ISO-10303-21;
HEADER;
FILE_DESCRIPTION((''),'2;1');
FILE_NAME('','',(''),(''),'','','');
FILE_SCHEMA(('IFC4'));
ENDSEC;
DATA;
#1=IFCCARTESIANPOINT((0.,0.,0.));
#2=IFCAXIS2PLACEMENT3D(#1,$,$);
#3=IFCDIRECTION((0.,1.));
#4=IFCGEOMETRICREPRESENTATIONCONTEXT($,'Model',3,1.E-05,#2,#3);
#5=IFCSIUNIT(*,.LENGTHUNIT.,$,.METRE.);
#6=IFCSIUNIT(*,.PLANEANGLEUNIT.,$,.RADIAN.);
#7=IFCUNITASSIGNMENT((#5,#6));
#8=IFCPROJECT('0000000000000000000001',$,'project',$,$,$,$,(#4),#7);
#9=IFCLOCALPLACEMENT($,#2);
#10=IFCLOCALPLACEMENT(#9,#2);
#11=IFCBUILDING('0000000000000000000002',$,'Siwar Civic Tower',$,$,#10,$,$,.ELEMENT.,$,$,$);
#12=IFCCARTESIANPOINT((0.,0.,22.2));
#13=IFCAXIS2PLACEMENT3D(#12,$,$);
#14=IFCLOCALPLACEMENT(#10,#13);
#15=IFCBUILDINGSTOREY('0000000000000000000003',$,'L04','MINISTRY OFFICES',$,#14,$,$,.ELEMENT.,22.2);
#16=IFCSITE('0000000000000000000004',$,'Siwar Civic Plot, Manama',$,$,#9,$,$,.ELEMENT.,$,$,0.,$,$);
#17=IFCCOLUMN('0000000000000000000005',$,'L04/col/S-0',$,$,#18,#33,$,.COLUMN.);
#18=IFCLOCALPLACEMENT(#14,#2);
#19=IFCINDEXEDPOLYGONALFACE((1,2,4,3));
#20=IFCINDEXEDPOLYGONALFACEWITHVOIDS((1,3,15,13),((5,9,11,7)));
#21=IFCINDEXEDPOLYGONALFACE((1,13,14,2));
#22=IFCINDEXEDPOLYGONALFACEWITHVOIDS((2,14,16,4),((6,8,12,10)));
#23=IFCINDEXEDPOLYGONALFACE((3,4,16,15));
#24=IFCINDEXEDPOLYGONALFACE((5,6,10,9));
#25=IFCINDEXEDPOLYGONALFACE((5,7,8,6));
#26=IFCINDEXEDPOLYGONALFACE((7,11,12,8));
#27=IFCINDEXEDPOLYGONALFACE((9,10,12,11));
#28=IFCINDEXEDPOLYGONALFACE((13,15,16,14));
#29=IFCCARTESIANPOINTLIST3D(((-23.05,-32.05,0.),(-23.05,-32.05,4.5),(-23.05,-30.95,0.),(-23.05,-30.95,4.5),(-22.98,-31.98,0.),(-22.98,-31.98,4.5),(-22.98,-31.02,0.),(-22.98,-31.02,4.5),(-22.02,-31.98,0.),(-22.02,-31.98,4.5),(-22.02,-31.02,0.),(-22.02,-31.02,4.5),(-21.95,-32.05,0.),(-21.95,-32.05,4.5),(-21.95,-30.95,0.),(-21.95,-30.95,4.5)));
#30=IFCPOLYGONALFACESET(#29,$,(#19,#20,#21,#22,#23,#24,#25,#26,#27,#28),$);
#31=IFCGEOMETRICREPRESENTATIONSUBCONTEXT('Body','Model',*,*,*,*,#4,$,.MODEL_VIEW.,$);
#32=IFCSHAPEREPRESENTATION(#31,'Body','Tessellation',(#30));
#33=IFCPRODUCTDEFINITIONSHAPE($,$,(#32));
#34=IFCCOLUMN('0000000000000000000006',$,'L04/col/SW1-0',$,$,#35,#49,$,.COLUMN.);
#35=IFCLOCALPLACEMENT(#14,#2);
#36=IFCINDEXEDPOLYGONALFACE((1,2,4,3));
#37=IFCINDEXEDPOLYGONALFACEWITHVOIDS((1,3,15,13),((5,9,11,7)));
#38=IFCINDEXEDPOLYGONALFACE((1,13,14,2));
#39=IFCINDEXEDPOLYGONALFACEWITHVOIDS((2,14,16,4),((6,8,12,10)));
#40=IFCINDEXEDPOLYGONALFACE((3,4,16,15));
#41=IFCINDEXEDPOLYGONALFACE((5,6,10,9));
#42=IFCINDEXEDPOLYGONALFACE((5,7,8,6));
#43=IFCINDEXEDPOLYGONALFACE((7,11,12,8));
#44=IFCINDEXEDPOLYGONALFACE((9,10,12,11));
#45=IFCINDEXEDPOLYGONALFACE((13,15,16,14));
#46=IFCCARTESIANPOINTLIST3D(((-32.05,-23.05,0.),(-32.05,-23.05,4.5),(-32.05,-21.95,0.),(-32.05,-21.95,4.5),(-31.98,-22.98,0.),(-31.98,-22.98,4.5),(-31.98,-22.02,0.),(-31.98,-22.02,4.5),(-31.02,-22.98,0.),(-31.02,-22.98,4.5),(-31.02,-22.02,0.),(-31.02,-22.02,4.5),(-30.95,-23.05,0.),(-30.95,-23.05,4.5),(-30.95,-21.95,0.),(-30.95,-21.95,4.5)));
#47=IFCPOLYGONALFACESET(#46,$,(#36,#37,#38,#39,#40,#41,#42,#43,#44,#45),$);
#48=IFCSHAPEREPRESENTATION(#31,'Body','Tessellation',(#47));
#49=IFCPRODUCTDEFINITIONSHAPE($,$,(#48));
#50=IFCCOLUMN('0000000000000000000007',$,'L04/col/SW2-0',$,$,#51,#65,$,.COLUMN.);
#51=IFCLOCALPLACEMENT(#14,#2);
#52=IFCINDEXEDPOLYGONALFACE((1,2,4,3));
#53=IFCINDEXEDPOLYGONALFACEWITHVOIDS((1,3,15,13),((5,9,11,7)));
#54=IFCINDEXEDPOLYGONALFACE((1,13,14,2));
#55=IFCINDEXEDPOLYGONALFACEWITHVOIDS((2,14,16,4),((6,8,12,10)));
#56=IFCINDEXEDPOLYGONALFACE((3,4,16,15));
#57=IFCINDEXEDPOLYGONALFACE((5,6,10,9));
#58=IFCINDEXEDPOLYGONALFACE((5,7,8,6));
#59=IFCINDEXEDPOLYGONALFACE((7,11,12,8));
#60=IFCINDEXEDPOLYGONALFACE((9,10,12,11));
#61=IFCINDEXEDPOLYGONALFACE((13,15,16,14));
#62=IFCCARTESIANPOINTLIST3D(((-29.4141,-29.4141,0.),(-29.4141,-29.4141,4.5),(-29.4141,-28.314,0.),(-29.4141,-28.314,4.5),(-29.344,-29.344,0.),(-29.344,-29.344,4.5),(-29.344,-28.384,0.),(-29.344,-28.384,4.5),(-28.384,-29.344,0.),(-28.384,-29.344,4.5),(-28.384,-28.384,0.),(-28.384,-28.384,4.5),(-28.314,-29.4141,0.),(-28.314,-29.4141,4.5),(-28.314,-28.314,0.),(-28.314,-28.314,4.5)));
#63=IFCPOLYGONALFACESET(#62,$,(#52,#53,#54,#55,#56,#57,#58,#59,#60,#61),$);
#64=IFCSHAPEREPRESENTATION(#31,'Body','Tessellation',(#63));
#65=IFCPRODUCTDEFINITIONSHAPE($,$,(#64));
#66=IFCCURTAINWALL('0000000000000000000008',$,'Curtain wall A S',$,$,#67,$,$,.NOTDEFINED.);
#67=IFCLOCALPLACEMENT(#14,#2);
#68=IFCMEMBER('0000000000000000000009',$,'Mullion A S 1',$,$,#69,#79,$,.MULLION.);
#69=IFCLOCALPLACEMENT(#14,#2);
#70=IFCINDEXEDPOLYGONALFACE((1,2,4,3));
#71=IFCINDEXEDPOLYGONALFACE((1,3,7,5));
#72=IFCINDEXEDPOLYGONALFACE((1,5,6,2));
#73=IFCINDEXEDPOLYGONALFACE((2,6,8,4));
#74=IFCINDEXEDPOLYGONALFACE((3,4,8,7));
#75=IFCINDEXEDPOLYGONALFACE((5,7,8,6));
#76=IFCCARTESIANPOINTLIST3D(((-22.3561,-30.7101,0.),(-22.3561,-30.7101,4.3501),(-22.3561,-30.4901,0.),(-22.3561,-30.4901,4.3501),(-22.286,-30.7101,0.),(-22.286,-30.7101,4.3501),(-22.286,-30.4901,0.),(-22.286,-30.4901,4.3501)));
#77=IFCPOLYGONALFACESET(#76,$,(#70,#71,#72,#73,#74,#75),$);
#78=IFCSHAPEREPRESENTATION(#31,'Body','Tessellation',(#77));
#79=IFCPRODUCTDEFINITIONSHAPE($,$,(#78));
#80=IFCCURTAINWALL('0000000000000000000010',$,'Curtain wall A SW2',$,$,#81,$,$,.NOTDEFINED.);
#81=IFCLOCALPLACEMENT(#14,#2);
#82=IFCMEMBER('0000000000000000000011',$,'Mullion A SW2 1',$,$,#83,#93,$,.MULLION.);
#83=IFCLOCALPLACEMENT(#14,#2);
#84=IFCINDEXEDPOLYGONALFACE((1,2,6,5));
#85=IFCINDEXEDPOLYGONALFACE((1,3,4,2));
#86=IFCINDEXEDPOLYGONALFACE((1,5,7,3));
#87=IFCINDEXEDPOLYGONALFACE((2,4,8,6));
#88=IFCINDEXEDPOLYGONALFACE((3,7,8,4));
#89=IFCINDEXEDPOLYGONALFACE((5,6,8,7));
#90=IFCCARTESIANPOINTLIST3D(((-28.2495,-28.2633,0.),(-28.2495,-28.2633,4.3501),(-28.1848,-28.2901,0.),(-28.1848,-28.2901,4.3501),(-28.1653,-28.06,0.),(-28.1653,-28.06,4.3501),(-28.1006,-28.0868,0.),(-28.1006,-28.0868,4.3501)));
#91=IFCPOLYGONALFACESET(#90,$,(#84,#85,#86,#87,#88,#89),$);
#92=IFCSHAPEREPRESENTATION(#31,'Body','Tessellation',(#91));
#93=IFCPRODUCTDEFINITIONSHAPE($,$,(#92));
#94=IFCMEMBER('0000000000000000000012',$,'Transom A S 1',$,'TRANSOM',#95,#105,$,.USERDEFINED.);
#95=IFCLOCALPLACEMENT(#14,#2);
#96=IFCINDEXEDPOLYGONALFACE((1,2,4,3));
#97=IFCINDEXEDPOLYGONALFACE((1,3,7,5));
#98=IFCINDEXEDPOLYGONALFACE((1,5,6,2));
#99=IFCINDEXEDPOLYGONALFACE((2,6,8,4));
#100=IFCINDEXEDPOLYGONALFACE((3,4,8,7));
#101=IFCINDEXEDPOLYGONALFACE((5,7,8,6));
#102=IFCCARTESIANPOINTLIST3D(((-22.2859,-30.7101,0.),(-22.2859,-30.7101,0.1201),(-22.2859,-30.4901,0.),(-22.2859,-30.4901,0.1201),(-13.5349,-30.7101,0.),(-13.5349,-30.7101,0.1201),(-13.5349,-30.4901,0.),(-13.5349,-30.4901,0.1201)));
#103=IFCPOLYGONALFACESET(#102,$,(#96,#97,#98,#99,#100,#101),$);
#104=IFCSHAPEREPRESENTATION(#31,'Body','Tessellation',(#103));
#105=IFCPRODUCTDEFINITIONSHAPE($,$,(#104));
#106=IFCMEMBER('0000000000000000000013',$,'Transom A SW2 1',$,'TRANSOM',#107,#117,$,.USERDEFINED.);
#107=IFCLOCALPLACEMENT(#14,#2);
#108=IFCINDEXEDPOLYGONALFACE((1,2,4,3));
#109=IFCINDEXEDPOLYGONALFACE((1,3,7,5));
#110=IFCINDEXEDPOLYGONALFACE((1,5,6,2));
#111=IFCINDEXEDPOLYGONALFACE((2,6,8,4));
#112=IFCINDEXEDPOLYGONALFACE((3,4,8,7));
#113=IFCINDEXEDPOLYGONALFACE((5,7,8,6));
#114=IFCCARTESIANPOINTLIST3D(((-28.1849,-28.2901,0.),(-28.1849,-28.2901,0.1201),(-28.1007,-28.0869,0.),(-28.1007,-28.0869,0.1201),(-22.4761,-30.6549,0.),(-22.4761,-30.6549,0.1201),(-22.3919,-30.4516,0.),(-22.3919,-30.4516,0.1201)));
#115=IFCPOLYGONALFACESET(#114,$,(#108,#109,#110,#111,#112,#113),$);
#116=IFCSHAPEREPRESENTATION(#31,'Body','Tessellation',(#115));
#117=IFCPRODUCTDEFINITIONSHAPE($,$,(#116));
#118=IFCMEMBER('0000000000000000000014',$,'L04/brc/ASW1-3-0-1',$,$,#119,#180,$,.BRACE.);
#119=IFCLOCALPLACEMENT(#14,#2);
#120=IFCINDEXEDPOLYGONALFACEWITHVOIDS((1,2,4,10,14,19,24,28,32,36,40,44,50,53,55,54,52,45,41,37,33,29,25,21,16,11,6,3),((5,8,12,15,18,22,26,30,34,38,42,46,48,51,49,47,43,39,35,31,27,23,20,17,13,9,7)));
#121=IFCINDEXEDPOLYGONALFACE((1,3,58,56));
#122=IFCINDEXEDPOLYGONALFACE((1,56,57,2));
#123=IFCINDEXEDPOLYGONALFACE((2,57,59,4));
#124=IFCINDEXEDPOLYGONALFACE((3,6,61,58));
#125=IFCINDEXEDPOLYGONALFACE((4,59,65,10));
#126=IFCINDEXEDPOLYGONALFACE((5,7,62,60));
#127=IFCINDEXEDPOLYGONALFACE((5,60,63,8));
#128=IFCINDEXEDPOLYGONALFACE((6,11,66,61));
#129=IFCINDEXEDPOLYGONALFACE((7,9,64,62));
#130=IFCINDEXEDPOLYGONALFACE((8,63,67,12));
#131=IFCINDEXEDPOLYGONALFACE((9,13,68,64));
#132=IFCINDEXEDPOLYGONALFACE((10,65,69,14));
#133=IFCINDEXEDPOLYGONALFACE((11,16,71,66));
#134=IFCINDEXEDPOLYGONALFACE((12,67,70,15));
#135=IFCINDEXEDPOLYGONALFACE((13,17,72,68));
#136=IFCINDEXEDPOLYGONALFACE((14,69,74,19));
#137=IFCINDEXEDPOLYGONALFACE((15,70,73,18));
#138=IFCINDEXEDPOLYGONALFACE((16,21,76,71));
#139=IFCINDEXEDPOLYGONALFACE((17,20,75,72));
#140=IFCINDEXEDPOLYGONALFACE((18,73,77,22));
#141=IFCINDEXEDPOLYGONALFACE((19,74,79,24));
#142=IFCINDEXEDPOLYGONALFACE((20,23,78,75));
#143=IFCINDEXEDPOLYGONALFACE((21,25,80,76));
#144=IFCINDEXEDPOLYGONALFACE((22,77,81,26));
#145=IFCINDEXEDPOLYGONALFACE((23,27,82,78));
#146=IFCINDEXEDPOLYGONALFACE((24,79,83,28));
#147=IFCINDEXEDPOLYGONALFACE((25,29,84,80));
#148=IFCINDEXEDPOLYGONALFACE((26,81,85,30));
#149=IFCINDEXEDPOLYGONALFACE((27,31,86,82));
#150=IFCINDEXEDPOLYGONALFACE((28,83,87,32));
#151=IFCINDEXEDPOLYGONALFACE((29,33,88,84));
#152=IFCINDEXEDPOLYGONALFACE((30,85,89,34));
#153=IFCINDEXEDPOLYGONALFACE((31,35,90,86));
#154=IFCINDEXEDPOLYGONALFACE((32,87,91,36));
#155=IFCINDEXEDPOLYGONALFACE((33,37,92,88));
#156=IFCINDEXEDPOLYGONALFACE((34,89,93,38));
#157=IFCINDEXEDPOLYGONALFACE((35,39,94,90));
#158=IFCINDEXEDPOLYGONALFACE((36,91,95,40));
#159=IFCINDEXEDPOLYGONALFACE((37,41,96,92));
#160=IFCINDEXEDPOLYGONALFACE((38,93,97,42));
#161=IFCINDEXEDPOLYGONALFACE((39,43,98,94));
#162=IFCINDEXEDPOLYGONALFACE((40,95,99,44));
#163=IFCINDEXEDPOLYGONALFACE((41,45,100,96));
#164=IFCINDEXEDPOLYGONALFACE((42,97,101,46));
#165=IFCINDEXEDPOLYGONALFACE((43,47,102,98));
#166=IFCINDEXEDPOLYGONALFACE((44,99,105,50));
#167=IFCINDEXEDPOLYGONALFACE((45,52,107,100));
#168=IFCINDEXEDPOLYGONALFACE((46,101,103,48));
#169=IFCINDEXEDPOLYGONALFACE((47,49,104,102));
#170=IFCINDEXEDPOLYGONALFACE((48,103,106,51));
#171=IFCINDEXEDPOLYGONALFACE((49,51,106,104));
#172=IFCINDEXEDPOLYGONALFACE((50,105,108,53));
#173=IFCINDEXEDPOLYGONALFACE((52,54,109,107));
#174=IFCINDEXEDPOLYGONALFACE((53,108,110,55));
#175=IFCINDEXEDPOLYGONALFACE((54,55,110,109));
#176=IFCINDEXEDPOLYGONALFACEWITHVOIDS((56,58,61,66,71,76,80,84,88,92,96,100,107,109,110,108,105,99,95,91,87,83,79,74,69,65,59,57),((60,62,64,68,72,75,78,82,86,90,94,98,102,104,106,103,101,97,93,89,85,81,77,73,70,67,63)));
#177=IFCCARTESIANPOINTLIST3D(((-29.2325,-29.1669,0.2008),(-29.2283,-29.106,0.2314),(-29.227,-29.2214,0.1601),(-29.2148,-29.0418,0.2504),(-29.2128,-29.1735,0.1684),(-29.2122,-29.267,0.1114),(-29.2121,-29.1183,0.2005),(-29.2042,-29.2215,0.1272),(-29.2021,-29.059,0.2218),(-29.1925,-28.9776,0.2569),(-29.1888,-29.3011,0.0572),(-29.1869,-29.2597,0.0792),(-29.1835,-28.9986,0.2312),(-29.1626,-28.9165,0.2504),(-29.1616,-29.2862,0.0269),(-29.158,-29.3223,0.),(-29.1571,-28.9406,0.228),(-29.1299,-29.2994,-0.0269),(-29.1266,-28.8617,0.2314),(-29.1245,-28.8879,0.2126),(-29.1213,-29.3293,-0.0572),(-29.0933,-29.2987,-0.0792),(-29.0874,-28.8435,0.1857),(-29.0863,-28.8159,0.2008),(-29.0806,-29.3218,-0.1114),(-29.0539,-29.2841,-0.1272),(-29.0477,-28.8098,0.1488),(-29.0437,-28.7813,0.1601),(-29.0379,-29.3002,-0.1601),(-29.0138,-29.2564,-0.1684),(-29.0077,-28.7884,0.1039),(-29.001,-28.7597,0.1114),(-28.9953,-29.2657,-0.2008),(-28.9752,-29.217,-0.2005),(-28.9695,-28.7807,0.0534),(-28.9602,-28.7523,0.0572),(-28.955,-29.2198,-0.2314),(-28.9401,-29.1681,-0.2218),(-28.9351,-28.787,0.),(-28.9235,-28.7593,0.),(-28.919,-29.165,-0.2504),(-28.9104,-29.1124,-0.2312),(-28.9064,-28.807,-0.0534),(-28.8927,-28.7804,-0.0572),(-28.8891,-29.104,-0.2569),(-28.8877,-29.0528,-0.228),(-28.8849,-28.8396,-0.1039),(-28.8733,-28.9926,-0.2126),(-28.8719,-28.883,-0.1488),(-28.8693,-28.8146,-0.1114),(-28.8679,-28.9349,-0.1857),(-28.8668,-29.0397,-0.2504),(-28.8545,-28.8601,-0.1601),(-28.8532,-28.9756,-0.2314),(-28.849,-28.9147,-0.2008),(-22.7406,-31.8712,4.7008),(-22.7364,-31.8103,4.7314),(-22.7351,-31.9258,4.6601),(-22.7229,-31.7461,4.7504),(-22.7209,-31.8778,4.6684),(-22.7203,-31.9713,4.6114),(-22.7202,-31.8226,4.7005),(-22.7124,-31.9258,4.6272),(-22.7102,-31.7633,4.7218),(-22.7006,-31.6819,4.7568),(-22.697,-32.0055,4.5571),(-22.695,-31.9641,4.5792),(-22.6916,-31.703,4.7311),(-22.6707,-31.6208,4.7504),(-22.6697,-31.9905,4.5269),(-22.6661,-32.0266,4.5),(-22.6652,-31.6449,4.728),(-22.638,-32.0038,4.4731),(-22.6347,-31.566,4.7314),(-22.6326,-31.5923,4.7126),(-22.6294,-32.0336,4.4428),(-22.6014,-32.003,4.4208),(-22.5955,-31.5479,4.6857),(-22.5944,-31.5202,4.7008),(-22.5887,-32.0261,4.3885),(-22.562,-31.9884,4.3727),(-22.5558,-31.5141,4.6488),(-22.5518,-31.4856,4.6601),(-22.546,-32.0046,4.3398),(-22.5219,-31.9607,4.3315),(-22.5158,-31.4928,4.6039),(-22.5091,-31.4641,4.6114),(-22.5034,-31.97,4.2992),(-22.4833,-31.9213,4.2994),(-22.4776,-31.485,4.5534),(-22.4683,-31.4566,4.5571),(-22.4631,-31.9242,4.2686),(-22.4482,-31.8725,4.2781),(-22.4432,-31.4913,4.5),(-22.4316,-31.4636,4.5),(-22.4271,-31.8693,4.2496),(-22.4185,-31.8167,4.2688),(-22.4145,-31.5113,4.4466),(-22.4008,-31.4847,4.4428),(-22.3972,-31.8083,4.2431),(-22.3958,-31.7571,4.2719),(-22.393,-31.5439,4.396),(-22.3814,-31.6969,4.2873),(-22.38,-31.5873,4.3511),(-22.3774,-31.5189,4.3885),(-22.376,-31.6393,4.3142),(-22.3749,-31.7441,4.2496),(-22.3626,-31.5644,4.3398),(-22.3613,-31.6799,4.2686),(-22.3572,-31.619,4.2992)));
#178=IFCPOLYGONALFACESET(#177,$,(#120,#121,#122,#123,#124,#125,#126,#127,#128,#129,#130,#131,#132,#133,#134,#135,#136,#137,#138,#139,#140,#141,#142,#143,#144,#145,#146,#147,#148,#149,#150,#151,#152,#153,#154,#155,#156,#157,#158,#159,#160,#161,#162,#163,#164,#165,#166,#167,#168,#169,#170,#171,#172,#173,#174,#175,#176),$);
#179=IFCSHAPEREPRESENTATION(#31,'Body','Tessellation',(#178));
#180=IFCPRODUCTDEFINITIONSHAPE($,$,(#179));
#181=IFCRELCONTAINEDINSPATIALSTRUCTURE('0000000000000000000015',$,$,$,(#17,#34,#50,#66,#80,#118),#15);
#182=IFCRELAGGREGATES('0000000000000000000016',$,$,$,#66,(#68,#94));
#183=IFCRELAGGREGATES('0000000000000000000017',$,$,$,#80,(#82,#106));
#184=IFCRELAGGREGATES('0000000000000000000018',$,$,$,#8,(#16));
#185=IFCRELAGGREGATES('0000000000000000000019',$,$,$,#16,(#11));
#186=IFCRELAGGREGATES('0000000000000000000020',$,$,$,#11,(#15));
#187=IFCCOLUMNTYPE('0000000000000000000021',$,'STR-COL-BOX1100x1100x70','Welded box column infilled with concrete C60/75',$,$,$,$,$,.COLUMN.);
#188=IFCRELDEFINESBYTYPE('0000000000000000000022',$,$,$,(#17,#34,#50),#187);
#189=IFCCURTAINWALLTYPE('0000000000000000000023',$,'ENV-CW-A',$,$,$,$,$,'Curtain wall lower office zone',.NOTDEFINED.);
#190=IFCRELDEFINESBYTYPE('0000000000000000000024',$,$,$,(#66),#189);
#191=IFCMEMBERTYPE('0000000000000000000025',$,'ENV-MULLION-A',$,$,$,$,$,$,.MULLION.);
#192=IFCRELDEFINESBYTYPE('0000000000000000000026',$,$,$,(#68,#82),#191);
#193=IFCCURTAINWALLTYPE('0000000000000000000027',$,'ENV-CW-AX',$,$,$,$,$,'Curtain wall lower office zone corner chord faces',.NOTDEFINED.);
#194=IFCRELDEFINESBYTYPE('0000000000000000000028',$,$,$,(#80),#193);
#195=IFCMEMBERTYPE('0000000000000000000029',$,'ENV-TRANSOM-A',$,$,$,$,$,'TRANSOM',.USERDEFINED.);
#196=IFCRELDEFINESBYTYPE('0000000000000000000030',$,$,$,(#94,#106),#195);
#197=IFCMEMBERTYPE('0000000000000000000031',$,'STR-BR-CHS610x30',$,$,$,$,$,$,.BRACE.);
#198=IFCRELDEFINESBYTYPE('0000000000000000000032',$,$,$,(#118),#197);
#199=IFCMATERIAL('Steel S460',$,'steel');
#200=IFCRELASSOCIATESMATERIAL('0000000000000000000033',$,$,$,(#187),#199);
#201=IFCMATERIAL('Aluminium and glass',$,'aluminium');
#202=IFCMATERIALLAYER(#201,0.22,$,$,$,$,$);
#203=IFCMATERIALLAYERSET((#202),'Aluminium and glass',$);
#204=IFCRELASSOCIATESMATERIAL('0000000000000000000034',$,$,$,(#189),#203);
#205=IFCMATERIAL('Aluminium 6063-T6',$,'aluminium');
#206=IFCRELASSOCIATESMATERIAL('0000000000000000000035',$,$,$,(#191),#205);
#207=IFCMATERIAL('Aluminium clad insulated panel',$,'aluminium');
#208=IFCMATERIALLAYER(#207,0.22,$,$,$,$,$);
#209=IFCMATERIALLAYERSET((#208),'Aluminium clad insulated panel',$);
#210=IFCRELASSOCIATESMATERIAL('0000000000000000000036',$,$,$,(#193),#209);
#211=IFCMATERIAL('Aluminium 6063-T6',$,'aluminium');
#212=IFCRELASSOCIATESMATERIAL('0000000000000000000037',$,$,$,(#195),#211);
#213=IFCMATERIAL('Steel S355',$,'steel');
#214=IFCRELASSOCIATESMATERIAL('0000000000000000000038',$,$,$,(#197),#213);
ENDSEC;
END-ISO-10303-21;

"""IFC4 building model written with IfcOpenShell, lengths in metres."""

from ifc_helpers import new_model, si_unit, direction, frame, origin, origin_2d, place, context, subcontext, project, spatial, rectangle, hollow_rectangle, hollow_circle, extrude, material, layer, layer_set, material_profile, profile_set, type_object, element, aggregate, save


model = new_model("IFC4")

# Units and contexts
model_context = context("Model", 3, precision=1e-05, world=origin(), true_north=direction((0.0, 1.0)))
body_context = subcontext(model_context, "Body", "Model", "MODEL_VIEW")
ifc_project = project(units=[si_unit("LENGTHUNIT", "METRE"), si_unit("PLANEANGLEUNIT", "RADIAN")], contexts=[model_context])

# Site, building, storey
site_placement = place(None, origin())
site = spatial("IfcSite", under=ifc_project, at=site_placement, Name="Siwar Civic Plot, Manama", CompositionType="ELEMENT", RefElevation=0.0)
building_placement = place(site_placement, origin())
building = spatial("IfcBuilding", under=site, at=building_placement, Name="Siwar Civic Tower", CompositionType="ELEMENT")
storey_placement = place(building_placement, frame((0.0, 0.0, 22.2)))
storey = spatial("IfcBuildingStorey", under=building, at=storey_placement, Name="L04", Description="MINISTRY OFFICES", CompositionType="ELEMENT", Elevation=22.2)

# Columns
ifc_material_1 = material(Name="Steel S460", Category="steel")
ifc_material_profile_1 = material_profile(ifc_material_1, hollow_rectangle(XDim=1.1001, YDim=1.1001, WallThickness=0.0701, at=origin_2d()), Name="BOX1100x1100x70")
ifc_profile_set_1 = profile_set([ifc_material_profile_1], Name="Steel S460")
column_type = type_object("IfcColumnType", Name="STR-COL-BOX1100x1100x70", Description="Welded box column infilled with concrete C60/75", PredefinedType="COLUMN", material=ifc_profile_set_1)
for number, where, z_axis, x_axis, name in (
    (1, (-22.5, -31.5, 0.0), (0.0, 0.0, 1.0), (1.0, 0.0, 0.0), "L04/col/S-0"),
    (2, (-31.5, -22.5, 0.0), (0.0, 0.0, 1.0), (1.0, 0.0, 0.0), "L04/col/SW1-0"),
    (3, (-28.864, -28.864, 0.0), (0.0, 0.0, 1.0), (1.0, 0.0, 0.0), "L04/col/SW2-0"),
):
    element("IfcColumn", number, at=place(storey_placement, frame(where, z_axis=z_axis, x_axis=x_axis)), inside=storey, type_object=column_type, Name=name, PredefinedType="COLUMN", context=body_context, shape_type="SweptSolid", body=[
        extrude(hollow_rectangle(XDim=1.1001, YDim=1.1001, WallThickness=0.0701, at=origin_2d()), origin(), (0.0, 0.0, 1.0), 4.5),
    ])

# Curtain walls, members
ifc_material_2 = material(Name="Aluminium and glass", Category="aluminium")
ifc_layer_1 = layer(ifc_material_2, 0.22)
ifc_layer_set_1 = layer_set([ifc_layer_1], Name="Aluminium and glass")
curtain_wall_type_1 = type_object("IfcCurtainWallType", Name="ENV-CW-A", ElementType="Curtain wall lower office zone", PredefinedType="NOTDEFINED", material=ifc_layer_set_1)
curtain_wall_1_placement = place(storey_placement, origin())
curtain_wall_1 = element("IfcCurtainWall", 4, at=curtain_wall_1_placement, inside=storey, type_object=curtain_wall_type_1, Name="Curtain wall A S", PredefinedType="NOTDEFINED")
ifc_material_3 = material(Name="Aluminium 6063-T6", Category="aluminium")
ifc_material_profile_2 = material_profile(ifc_material_3, rectangle(XDim=0.22, YDim=0.0701, at=origin_2d()), Name="AL 220x70")
ifc_profile_set_2 = profile_set([ifc_material_profile_2], Name="Aluminium 6063-T6")
member_type_1 = type_object("IfcMemberType", Name="ENV-MULLION-A", PredefinedType="MULLION", material=ifc_profile_set_2)
member_1_placement = place(storey_placement, frame((-22.321, -30.6001, 0.0), z_axis=(0.0, 0.0, 1.0), x_axis=(0.0, 1.0, 0.0)))
member_1 = element("IfcMember", 5, at=member_1_placement, type_object=member_type_1, Name="Mullion A S 1", PredefinedType="MULLION", context=body_context, shape_type="SweptSolid", body=[
    extrude(rectangle(XDim=0.22, YDim=0.0701, at=origin_2d()), origin(), (0.0, 0.0, 1.0), 4.3501),
])
ifc_material_4 = material(Name="Aluminium clad insulated panel", Category="aluminium")
ifc_layer_2 = layer(ifc_material_4, 0.22)
ifc_layer_set_2 = layer_set([ifc_layer_2], Name="Aluminium clad insulated panel")
curtain_wall_type_2 = type_object("IfcCurtainWallType", Name="ENV-CW-AX", ElementType="Curtain wall lower office zone corner chord faces", PredefinedType="NOTDEFINED", material=ifc_layer_set_2)
curtain_wall_2_placement = place(storey_placement, origin())
curtain_wall_2 = element("IfcCurtainWall", 6, at=curtain_wall_2_placement, inside=storey, type_object=curtain_wall_type_2, Name="Curtain wall A SW2", PredefinedType="NOTDEFINED")
member_2_placement = place(storey_placement, frame((-28.175, -28.175, 0.0), z_axis=(0.0, 0.0, 1.0), x_axis=(0.382683, 0.92388, 0.0)))
member_2 = element("IfcMember", 7, at=member_2_placement, type_object=member_type_1, Name="Mullion A SW2 1", PredefinedType="MULLION", context=body_context, shape_type="SweptSolid", body=[
    extrude(rectangle(XDim=0.22, YDim=0.0701, at=origin_2d()), origin(), (0.0, 0.0, 1.0), 4.3501),
])

# Members
ifc_material_5 = material(Name="Aluminium 6063-T6", Category="aluminium")
ifc_material_profile_3 = material_profile(ifc_material_5, rectangle(XDim=0.22, YDim=0.1201, at=origin_2d()), Name="AL 220x120")
ifc_profile_set_3 = profile_set([ifc_material_profile_3], Name="Aluminium 6063-T6")
member_type_2 = type_object("IfcMemberType", Name="ENV-TRANSOM-A", ElementType="TRANSOM", PredefinedType="USERDEFINED", material=ifc_profile_set_3)
member_3_placement = place(storey_placement, frame((-22.2859, -30.6001, 0.0601), z_axis=(1.0, 0.0, 0.0), x_axis=(0.0, 1.0, 0.0)))
member_3 = element("IfcMember", 8, at=member_3_placement, type_object=member_type_2, Name="Transom A S 1", ObjectType="TRANSOM", PredefinedType="USERDEFINED", context=body_context, shape_type="SweptSolid", body=[
    extrude(rectangle(XDim=0.22, YDim=0.1201, at=origin_2d()), origin(), (0.0, 0.0, 1.0), 8.751),
])
aggregate(curtain_wall_1, [member_1, member_3])
member_4_placement = place(storey_placement, frame((-28.1428, -28.1885, 0.0601), z_axis=(0.923873, -0.382698, 0.0), x_axis=(0.382698, 0.923873, 0.0)))
member_4 = element("IfcMember", 9, at=member_4_placement, type_object=member_type_2, Name="Transom A SW2 1", ObjectType="TRANSOM", PredefinedType="USERDEFINED", context=body_context, shape_type="SweptSolid", body=[
    extrude(rectangle(XDim=0.22, YDim=0.1201, at=origin_2d()), origin(), (0.0, 0.0, 1.0), 6.1792),
])

# Member
ifc_material_6 = material(Name="Steel S355", Category="steel")
ifc_material_profile_4 = material_profile(ifc_material_6, hollow_circle(Radius=0.3049, WallThickness=0.03, at=origin_2d()), Name="CHS610x30")
ifc_profile_set_4 = profile_set([ifc_material_profile_4], Name="Steel S355")
member_type_3 = type_object("IfcMemberType", Name="STR-BR-CHS610x30", PredefinedType="BRACE", material=ifc_profile_set_4)
member_5_placement = place(storey_placement, frame((-29.0408, -29.0408, 0.0), z_axis=(0.777555, -0.323906, 0.538975), x_axis=(0.384539, 0.923109, 0.0)))
element("IfcMember", 10, at=member_5_placement, inside=storey, type_object=member_type_3, Name="L04/brc/ASW1-3-0-1", PredefinedType="BRACE", context=body_context, shape_type="SweptSolid", body=[
    extrude(hollow_circle(Radius=0.3049, WallThickness=0.03, at=origin_2d()), origin(), (0.0, 0.0, 1.0), 8.3491),
])

aggregate(curtain_wall_2, [member_2, member_4])

save(model, "model.ifc")
